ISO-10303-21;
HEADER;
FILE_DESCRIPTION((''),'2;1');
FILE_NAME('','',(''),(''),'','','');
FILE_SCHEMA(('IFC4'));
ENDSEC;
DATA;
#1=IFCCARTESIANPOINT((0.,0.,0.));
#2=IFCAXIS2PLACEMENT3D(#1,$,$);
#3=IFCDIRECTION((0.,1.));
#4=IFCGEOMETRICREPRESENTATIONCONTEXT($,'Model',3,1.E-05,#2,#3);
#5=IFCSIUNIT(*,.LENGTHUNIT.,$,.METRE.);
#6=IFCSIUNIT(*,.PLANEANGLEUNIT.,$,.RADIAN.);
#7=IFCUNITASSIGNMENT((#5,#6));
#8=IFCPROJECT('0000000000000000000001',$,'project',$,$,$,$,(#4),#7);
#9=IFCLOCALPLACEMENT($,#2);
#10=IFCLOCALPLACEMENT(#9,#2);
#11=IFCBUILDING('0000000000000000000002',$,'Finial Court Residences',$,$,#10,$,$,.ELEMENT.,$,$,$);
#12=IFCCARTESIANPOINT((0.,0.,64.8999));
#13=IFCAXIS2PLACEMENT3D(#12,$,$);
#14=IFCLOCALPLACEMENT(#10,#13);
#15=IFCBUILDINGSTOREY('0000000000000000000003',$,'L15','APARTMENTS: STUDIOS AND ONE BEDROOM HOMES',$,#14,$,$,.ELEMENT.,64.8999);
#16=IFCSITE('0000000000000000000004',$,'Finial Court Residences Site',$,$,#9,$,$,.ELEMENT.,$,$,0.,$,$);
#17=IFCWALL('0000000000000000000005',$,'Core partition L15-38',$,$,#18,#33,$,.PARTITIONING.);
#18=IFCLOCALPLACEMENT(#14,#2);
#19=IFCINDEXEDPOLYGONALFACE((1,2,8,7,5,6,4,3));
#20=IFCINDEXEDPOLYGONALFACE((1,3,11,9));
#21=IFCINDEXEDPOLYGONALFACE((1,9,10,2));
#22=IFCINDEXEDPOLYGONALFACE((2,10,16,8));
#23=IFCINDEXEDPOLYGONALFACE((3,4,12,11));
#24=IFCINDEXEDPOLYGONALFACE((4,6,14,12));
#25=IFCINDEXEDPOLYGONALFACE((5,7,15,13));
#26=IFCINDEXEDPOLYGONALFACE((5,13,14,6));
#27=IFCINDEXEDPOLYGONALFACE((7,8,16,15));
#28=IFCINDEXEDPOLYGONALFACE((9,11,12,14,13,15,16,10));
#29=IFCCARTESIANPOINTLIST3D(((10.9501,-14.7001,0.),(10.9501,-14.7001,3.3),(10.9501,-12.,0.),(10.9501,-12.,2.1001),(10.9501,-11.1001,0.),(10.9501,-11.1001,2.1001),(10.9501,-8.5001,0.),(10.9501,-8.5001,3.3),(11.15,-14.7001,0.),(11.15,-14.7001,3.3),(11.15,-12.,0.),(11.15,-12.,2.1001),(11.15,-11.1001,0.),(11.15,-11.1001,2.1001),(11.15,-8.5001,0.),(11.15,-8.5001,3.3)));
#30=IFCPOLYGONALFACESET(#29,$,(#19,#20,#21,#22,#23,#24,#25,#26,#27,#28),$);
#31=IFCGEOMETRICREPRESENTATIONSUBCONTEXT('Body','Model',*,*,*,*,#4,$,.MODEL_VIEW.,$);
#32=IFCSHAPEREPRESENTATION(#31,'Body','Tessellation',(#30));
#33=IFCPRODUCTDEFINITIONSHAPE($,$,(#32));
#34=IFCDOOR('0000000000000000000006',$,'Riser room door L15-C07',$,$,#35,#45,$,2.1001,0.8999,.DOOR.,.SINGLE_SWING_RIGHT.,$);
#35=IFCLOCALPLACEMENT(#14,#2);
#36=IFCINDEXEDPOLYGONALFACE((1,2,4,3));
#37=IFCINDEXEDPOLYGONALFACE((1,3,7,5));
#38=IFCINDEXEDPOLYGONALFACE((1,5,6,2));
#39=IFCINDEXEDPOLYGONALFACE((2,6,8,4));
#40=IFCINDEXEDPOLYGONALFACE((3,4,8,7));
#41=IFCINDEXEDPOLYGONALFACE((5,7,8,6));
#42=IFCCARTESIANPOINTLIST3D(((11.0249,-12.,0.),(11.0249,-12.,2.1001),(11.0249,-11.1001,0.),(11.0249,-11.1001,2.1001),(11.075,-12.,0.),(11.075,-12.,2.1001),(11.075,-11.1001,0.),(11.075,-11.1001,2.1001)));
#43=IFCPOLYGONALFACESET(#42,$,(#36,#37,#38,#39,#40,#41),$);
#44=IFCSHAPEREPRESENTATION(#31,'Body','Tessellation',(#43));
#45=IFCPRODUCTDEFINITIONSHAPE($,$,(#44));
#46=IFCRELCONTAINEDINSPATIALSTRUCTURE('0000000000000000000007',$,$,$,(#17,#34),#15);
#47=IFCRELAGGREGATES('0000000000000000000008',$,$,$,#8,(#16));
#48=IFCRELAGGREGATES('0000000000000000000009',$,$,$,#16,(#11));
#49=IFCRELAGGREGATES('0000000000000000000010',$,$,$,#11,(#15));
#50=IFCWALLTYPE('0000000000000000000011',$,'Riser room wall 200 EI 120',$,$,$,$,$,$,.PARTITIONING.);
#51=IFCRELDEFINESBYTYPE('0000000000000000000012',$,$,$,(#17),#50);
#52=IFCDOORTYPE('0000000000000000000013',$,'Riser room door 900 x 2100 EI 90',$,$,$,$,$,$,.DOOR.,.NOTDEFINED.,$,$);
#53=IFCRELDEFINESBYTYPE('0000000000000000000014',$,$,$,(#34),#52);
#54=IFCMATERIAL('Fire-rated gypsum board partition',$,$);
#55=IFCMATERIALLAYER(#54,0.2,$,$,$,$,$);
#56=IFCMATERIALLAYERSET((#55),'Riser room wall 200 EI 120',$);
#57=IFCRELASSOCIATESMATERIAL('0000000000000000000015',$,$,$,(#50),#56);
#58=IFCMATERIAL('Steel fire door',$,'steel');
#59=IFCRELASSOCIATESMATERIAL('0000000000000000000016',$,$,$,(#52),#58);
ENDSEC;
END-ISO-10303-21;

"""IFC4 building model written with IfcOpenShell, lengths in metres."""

from ifc_helpers import new_model, si_unit, direction, frame, frame_2d, origin, place, context, subcontext, project, spatial, rectangle, extrude, material, layer, layer_set, type_object, element, fill, save


model = new_model("IFC4")

# Units and contexts
model_context = context("Model", 3, precision=1e-05, world=origin(), true_north=direction((0.0, 1.0)))
body_context = subcontext(model_context, "Body", "Model", "MODEL_VIEW")
ifc_project = project(units=[si_unit("LENGTHUNIT", "METRE"), si_unit("PLANEANGLEUNIT", "RADIAN")], contexts=[model_context])

# Site, building, storey
site_placement = place(None, origin())
site = spatial("IfcSite", under=ifc_project, at=site_placement, Name="Finial Court Residences Site", CompositionType="ELEMENT", RefElevation=0.0)
building_placement = place(site_placement, origin())
building = spatial("IfcBuilding", under=site, at=building_placement, Name="Finial Court Residences", CompositionType="ELEMENT")
storey_placement = place(building_placement, frame((0.0, 0.0, 64.8999)))
storey = spatial("IfcBuildingStorey", under=building, at=storey_placement, Name="L15", Description="APARTMENTS: STUDIOS AND ONE BEDROOM HOMES", CompositionType="ELEMENT", Elevation=64.8999)

# Wall, opening, door
ifc_material_1 = material(Name="Fire-rated gypsum board partition")
ifc_layer_1 = layer(ifc_material_1, 0.2)
ifc_layer_set_1 = layer_set([ifc_layer_1], Name="Riser room wall 200 EI 120")
wall_type_1 = type_object("IfcWallType", Name="Riser room wall 200 EI 120", PredefinedType="PARTITIONING", material=ifc_layer_set_1)
wall_1_placement = place(storey_placement, frame((11.05, -8.5, 0.0), z_axis=(0.0, 0.0, 1.0), x_axis=(0.0, -1.0, 0.0)))
wall_1 = element("IfcWall", 1, at=wall_1_placement, inside=storey, type_object=wall_type_1, Name="Core partition L15-38", PredefinedType="PARTITIONING", context=body_context, shape_type="SweptSolid", body=[
    extrude(rectangle(XDim=6.2, YDim=0.2, at=frame_2d((3.1001, 0.0))), origin(), (0.0, 0.0, 1.0), 3.3),
])
opening_1_placement = place(wall_1_placement, frame((2.6001, 0.0, 0.0)))
opening_1 = element("IfcOpeningElement", 2, at=opening_1_placement, cuts=wall_1, PredefinedType="OPENING", context=body_context, shape_type="SweptSolid", body=[
    extrude(rectangle(XDim=0.8999, YDim=2.1001, at=frame_2d((0.45, 1.05))), frame((0.0, 0.1099, 0.0), z_axis=(0.0, -1.0, 0.0), x_axis=(1.0, 0.0, 0.0)), (0.0, 0.0, 1.0), 0.22),
])
ifc_material_2 = material(Name="Steel fire door", Category="steel")
door_type_1 = type_object("IfcDoorType", Name="Riser room door 900 x 2100 EI 90", OperationType="NOTDEFINED", PredefinedType="DOOR", material=ifc_material_2)
door_1_placement = place(opening_1_placement, origin())
door_1 = element("IfcDoor", 3, at=door_1_placement, inside=storey, type_object=door_type_1, Name="Riser room door L15-C07", OperationType="SINGLE_SWING_RIGHT", OverallHeight=2.1001, OverallWidth=0.8999, PredefinedType="DOOR", context=body_context, shape_type="SweptSolid", body=[
    extrude(rectangle(XDim=0.8999, YDim=2.1001, at=frame_2d((0.45, 1.05))), frame((0.0, 0.0249, 0.0), z_axis=(0.0, -1.0, 0.0), x_axis=(1.0, 0.0, 0.0)), (0.0, 0.0, 1.0), 0.05),
])
fill(opening_1, door_1)

save(model, "model.ifc")
